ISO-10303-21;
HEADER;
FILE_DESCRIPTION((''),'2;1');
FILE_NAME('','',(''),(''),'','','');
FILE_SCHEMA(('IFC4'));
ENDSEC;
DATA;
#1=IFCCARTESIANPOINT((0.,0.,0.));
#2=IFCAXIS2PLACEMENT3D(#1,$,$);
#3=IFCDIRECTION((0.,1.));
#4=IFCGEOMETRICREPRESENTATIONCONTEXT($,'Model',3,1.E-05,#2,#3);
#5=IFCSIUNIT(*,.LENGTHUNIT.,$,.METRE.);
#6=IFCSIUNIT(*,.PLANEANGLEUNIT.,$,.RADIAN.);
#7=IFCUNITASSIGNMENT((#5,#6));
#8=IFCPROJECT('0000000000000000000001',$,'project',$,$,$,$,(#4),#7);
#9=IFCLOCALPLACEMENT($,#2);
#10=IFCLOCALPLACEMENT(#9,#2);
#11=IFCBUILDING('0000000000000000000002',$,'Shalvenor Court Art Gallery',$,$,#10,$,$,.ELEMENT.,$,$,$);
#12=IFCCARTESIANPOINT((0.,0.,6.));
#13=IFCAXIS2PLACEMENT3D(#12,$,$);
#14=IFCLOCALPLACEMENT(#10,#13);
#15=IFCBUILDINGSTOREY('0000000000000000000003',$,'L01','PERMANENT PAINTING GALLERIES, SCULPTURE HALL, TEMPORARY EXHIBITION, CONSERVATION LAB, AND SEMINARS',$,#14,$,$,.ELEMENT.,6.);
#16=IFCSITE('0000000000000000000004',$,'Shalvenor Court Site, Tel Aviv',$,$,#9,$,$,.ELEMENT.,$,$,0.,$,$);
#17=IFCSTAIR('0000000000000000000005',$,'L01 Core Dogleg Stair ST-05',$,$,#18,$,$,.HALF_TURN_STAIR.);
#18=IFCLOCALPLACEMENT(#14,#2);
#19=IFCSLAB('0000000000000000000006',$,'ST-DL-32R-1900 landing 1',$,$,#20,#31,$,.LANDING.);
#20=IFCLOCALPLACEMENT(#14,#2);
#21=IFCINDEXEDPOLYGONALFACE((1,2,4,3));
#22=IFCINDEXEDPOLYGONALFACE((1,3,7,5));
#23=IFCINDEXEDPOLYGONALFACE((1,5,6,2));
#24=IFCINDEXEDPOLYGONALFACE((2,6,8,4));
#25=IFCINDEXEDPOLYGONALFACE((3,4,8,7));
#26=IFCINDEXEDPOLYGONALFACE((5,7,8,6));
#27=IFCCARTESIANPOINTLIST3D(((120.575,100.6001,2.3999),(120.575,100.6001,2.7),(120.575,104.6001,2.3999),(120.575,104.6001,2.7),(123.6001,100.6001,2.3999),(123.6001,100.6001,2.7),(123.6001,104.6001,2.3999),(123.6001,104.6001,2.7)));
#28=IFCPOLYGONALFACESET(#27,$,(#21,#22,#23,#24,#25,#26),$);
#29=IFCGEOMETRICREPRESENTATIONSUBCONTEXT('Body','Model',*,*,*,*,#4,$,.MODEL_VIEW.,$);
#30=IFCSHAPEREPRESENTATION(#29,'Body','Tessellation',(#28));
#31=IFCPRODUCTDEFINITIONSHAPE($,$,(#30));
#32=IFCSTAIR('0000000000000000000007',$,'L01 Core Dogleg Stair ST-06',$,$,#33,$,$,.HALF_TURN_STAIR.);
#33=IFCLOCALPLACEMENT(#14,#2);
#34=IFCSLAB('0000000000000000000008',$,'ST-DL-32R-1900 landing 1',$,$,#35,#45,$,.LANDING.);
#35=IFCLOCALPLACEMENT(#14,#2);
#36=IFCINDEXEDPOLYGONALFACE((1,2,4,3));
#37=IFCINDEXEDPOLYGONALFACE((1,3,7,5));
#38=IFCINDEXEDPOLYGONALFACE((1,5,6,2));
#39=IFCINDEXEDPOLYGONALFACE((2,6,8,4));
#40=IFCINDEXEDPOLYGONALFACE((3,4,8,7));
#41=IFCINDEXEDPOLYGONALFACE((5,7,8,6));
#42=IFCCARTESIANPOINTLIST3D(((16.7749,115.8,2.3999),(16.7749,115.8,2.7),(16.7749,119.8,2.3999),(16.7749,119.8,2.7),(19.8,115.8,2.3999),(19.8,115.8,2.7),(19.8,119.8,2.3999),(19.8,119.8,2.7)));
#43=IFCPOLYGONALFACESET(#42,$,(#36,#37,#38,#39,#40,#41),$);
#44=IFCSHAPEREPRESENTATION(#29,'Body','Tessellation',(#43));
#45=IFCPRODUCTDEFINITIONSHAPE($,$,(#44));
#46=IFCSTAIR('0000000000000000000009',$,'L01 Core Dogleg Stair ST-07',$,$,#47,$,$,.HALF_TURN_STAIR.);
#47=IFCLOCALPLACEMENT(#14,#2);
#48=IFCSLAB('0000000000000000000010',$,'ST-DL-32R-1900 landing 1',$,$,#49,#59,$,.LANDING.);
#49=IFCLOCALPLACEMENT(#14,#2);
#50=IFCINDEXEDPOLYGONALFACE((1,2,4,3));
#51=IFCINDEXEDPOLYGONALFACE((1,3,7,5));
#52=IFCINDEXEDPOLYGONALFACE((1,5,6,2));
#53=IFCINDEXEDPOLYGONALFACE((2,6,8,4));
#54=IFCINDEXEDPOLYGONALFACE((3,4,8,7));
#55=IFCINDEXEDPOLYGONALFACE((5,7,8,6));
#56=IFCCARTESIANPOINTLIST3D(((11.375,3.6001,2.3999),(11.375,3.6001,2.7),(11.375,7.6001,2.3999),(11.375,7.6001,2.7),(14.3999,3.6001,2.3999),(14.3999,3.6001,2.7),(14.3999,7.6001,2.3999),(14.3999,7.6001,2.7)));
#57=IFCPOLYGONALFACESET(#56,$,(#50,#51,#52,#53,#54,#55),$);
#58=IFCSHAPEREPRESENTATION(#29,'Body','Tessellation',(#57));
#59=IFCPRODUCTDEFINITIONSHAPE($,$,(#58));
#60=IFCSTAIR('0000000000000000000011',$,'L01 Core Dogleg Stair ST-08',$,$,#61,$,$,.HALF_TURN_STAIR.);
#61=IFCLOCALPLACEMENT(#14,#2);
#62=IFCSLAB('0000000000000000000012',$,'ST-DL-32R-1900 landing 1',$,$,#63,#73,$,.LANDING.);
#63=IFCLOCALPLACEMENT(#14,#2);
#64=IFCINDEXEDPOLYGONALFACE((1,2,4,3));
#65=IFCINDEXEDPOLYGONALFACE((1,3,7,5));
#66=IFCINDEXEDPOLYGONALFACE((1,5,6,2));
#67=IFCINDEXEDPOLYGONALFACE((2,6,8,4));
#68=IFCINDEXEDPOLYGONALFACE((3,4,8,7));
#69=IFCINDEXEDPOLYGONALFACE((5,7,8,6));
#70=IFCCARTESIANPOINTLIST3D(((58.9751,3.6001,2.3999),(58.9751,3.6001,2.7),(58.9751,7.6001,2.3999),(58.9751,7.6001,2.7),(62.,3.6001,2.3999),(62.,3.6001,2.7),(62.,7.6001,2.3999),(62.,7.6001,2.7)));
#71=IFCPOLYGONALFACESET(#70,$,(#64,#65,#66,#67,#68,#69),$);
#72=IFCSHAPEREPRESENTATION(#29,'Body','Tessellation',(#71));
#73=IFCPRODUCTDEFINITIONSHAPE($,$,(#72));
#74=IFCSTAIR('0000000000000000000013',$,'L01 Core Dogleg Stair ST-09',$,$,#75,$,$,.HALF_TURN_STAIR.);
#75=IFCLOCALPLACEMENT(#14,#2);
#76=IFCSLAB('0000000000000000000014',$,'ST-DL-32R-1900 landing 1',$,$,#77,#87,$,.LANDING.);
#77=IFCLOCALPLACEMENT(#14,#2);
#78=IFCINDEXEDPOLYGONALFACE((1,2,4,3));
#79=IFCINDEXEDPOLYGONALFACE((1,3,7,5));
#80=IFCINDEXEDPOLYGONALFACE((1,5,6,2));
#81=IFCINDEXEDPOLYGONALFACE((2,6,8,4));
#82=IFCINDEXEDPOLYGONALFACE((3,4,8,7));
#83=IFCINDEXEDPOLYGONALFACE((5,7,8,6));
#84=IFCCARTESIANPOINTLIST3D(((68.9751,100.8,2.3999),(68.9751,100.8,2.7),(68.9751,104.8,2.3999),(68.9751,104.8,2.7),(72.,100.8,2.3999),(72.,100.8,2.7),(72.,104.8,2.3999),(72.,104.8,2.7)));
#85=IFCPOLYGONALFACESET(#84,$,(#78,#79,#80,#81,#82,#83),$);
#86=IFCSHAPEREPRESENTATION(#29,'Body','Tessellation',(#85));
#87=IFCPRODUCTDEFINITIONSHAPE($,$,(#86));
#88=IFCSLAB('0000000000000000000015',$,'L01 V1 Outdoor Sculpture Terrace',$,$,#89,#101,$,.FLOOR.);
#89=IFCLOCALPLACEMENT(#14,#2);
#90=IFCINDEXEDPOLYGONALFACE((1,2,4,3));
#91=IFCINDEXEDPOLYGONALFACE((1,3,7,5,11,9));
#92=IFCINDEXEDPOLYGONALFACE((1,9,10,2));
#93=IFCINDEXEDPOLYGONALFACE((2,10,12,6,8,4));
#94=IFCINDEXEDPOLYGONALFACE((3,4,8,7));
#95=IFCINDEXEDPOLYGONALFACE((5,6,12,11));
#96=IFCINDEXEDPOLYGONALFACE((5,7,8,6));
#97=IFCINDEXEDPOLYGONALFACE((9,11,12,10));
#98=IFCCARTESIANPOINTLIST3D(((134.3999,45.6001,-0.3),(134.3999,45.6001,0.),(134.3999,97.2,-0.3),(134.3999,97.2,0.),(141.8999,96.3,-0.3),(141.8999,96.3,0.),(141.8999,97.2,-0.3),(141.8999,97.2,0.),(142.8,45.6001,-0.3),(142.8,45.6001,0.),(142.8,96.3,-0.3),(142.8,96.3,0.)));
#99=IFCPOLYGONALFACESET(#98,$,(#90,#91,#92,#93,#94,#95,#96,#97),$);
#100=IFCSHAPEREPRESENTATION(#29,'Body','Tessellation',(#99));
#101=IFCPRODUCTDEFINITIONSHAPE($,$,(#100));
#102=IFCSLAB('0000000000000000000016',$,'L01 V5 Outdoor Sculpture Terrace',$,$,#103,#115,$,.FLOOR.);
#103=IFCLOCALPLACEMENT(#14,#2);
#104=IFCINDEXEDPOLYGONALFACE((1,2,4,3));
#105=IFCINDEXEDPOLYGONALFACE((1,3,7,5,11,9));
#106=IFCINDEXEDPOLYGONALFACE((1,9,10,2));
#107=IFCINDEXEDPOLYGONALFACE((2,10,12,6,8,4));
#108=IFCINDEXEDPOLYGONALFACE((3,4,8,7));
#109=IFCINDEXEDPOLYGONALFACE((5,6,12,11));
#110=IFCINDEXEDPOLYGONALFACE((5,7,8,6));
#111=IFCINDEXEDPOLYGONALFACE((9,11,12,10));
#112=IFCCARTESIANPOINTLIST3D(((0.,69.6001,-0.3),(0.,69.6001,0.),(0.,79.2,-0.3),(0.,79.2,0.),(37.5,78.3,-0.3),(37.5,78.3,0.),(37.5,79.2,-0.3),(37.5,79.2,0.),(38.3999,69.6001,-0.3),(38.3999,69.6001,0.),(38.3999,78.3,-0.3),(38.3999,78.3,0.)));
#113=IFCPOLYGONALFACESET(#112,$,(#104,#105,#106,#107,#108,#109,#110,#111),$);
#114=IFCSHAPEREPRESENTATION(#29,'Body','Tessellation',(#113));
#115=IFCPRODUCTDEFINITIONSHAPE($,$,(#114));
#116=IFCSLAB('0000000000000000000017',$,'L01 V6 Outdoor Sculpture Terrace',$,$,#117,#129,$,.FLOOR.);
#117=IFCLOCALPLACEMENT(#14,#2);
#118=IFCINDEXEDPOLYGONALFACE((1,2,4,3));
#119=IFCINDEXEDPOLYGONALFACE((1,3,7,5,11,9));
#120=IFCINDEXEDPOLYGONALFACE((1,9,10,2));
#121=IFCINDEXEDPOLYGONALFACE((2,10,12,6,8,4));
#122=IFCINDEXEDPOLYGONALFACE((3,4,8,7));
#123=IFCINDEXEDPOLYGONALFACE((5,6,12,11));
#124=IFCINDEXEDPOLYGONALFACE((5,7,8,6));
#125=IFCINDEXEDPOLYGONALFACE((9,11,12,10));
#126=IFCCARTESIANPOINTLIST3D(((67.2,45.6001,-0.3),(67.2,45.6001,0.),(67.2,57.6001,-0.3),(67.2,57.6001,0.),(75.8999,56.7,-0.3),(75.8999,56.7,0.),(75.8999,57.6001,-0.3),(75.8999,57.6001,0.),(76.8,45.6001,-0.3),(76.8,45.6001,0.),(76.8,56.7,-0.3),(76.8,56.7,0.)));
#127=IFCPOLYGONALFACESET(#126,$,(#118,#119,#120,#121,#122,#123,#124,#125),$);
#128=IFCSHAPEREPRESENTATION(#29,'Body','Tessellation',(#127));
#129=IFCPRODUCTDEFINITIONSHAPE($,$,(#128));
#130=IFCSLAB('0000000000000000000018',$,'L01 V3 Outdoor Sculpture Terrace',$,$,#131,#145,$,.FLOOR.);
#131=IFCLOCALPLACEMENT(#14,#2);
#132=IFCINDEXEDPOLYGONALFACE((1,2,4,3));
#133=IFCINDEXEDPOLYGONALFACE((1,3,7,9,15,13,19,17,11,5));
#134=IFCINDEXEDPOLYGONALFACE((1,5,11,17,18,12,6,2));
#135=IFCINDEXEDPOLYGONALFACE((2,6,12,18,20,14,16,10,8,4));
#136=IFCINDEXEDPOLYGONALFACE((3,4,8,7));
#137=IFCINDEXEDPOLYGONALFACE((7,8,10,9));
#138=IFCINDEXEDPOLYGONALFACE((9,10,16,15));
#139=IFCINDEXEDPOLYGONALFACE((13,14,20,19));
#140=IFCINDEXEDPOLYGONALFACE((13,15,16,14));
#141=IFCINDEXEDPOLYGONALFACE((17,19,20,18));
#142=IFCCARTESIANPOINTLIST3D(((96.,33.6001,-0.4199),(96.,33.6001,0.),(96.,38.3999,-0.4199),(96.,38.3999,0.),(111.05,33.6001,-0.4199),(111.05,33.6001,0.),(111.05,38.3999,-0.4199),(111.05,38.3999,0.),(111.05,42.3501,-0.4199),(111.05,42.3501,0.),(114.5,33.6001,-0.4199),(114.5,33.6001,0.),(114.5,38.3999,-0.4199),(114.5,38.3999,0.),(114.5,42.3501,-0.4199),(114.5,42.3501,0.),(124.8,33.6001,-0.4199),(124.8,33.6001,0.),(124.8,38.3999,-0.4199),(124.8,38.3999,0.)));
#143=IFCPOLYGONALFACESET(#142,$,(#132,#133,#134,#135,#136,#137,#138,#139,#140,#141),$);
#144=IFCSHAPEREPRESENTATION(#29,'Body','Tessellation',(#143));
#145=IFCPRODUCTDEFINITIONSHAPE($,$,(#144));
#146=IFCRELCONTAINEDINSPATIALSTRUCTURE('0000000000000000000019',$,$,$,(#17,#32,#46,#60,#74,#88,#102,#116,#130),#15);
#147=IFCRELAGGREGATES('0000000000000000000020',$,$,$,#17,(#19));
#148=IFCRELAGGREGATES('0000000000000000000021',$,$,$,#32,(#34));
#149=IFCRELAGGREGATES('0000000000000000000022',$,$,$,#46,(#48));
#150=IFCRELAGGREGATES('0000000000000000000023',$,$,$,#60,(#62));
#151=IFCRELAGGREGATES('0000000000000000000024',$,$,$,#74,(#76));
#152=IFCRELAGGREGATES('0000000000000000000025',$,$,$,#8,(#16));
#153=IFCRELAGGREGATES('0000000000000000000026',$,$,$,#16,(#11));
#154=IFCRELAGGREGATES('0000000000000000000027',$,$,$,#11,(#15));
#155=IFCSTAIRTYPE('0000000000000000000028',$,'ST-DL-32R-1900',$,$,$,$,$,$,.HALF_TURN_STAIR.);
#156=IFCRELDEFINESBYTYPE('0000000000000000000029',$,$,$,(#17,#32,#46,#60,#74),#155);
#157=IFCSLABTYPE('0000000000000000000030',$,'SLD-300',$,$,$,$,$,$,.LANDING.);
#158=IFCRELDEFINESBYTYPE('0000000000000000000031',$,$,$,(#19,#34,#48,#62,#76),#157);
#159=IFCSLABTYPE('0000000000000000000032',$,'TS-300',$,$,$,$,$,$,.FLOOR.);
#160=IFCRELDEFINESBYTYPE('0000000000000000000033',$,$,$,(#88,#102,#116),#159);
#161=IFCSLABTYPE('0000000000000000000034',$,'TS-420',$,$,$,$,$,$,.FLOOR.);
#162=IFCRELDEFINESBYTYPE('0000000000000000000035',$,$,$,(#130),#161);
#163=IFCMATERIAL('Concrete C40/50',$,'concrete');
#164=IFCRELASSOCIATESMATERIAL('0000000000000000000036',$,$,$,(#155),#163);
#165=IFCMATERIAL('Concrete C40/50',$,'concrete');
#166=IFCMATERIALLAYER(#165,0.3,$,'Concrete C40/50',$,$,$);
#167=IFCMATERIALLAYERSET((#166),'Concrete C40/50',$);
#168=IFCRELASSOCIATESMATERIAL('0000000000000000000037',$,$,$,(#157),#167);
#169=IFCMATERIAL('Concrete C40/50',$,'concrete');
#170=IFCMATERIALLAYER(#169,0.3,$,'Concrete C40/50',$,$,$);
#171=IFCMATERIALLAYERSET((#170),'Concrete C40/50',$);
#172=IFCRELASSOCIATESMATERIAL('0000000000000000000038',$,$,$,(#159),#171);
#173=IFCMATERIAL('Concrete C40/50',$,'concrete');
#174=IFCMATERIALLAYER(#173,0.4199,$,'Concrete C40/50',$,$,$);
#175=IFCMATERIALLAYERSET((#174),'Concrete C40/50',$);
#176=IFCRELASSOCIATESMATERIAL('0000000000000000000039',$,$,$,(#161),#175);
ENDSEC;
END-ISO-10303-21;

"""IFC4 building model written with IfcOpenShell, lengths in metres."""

from ifc_helpers import new_model, si_unit, direction, frame, origin, place, context, subcontext, project, spatial, polyline, outline, extrude, material, layer, layer_set, type_object, element, aggregate, save


model = new_model("IFC4")

# Units and contexts
model_context = context("Model", 3, precision=1e-05, world=origin(), true_north=direction((0.0, 1.0)))
body_context = subcontext(model_context, "Body", "Model", "MODEL_VIEW")
ifc_project = project(units=[si_unit("LENGTHUNIT", "METRE"), si_unit("PLANEANGLEUNIT", "RADIAN")], contexts=[model_context])

# Site, building, storey
site_placement = place(None, origin())
site = spatial("IfcSite", under=ifc_project, at=site_placement, Name="Shalvenor Court Site, Tel Aviv", CompositionType="ELEMENT", RefElevation=0.0)
building_placement = place(site_placement, origin())
building = spatial("IfcBuilding", under=site, at=building_placement, Name="Shalvenor Court Art Gallery", CompositionType="ELEMENT")
storey_placement = place(building_placement, frame((0.0, 0.0, 6.0)))
storey = spatial("IfcBuildingStorey", under=building, at=storey_placement, Name="L01", Description="PERMANENT PAINTING GALLERIES, SCULPTURE HALL, TEMPORARY EXHIBITION, CONSERVATION LAB, AND SEMINARS", CompositionType="ELEMENT", Elevation=6.0)

# Stairs, slabs
ifc_material_1 = material(Name="Concrete C40/50", Category="concrete")
stair_type_1 = type_object("IfcStairType", Name="ST-DL-32R-1900", PredefinedType="HALF_TURN_STAIR", material=ifc_material_1)
ifc_material_2 = material(Name="Concrete C40/50", Category="concrete")
ifc_layer_1 = layer(ifc_material_2, 0.3, Name="Concrete C40/50")
ifc_layer_set_1 = layer_set([ifc_layer_1], Name="Concrete C40/50")
slab_type_1 = type_object("IfcSlabType", Name="SLD-300", PredefinedType="LANDING", material=ifc_layer_set_1)
stair_1_placement = place(storey_placement, origin())
stair_1 = element("IfcStair", 1, at=stair_1_placement, inside=storey, type_object=stair_type_1, Name="L01 Core Dogleg Stair ST-05", PredefinedType="HALF_TURN_STAIR")
slab_1_placement = place(storey_placement, frame((0.0, 0.0, 2.3999)))
slab_1 = element("IfcSlab", 2, at=slab_1_placement, type_object=slab_type_1, Name="ST-DL-32R-1900 landing 1", PredefinedType="LANDING", context=body_context, shape_type="SweptSolid", body=[
    extrude(outline(polyline([(120.575, 100.6001), (123.6001, 100.6001), (123.6001, 104.6001), (120.575, 104.6001), (120.575, 100.6001)])), origin(), (0.0, 0.0, 1.0), 0.3),
])
aggregate(stair_1, [slab_1])
stair_2_placement = place(storey_placement, origin())
stair_2 = element("IfcStair", 3, at=stair_2_placement, inside=storey, type_object=stair_type_1, Name="L01 Core Dogleg Stair ST-06", PredefinedType="HALF_TURN_STAIR")
slab_2_placement = place(storey_placement, frame((0.0, 0.0, 2.3999)))
slab_2 = element("IfcSlab", 4, at=slab_2_placement, type_object=slab_type_1, Name="ST-DL-32R-1900 landing 1", PredefinedType="LANDING", context=body_context, shape_type="SweptSolid", body=[
    extrude(outline(polyline([(16.7749, 115.8), (19.8, 115.8), (19.8, 119.8), (16.7749, 119.8), (16.7749, 115.8)])), origin(), (0.0, 0.0, 1.0), 0.3),
])
aggregate(stair_2, [slab_2])
stair_3_placement = place(storey_placement, origin())
stair_3 = element("IfcStair", 5, at=stair_3_placement, inside=storey, type_object=stair_type_1, Name="L01 Core Dogleg Stair ST-07", PredefinedType="HALF_TURN_STAIR")
slab_3_placement = place(storey_placement, frame((0.0, 0.0, 2.3999)))
slab_3 = element("IfcSlab", 6, at=slab_3_placement, type_object=slab_type_1, Name="ST-DL-32R-1900 landing 1", PredefinedType="LANDING", context=body_context, shape_type="SweptSolid", body=[
    extrude(outline(polyline([(11.375, 3.6001), (14.3999, 3.6001), (14.3999, 7.6001), (11.375, 7.6001), (11.375, 3.6001)])), origin(), (0.0, 0.0, 1.0), 0.3),
])
aggregate(stair_3, [slab_3])
stair_4_placement = place(storey_placement, origin())
stair_4 = element("IfcStair", 7, at=stair_4_placement, inside=storey, type_object=stair_type_1, Name="L01 Core Dogleg Stair ST-08", PredefinedType="HALF_TURN_STAIR")
slab_4_placement = place(storey_placement, frame((0.0, 0.0, 2.3999)))
slab_4 = element("IfcSlab", 8, at=slab_4_placement, type_object=slab_type_1, Name="ST-DL-32R-1900 landing 1", PredefinedType="LANDING", context=body_context, shape_type="SweptSolid", body=[
    extrude(outline(polyline([(58.9751, 3.6001), (62.0, 3.6001), (62.0, 7.6001), (58.9751, 7.6001), (58.9751, 3.6001)])), origin(), (0.0, 0.0, 1.0), 0.3),
])
aggregate(stair_4, [slab_4])
stair_5_placement = place(storey_placement, origin())
stair_5 = element("IfcStair", 9, at=stair_5_placement, inside=storey, type_object=stair_type_1, Name="L01 Core Dogleg Stair ST-09", PredefinedType="HALF_TURN_STAIR")
slab_5_placement = place(storey_placement, frame((0.0, 0.0, 2.3999)))
slab_5 = element("IfcSlab", 10, at=slab_5_placement, type_object=slab_type_1, Name="ST-DL-32R-1900 landing 1", PredefinedType="LANDING", context=body_context, shape_type="SweptSolid", body=[
    extrude(outline(polyline([(68.9751, 100.8), (72.0, 100.8), (72.0, 104.8), (68.9751, 104.8), (68.9751, 100.8)])), origin(), (0.0, 0.0, 1.0), 0.3),
])
aggregate(stair_5, [slab_5])

# Slabs
ifc_material_3 = material(Name="Concrete C40/50", Category="concrete")
ifc_layer_2 = layer(ifc_material_3, 0.3, Name="Concrete C40/50")
ifc_layer_set_2 = layer_set([ifc_layer_2], Name="Concrete C40/50")
slab_type_2 = type_object("IfcSlabType", Name="TS-300", PredefinedType="FLOOR", material=ifc_layer_set_2)
slab_6_placement = place(storey_placement, frame((0.0, 0.0, -0.3)))
element("IfcSlab", 11, at=slab_6_placement, inside=storey, type_object=slab_type_2, Name="L01 V1 Outdoor Sculpture Terrace", PredefinedType="FLOOR", context=body_context, shape_type="SweptSolid", body=[
    extrude(outline(polyline([(142.8, 45.6001), (134.3999, 45.6001), (134.3999, 97.2), (141.8999, 97.2), (141.8999, 96.3), (142.8, 96.3), (142.8, 45.6001)])), origin(), (0.0, 0.0, 1.0), 0.3),
])
slab_7_placement = place(storey_placement, frame((0.0, 0.0, -0.3)))
element("IfcSlab", 12, at=slab_7_placement, inside=storey, type_object=slab_type_2, Name="L01 V5 Outdoor Sculpture Terrace", PredefinedType="FLOOR", context=body_context, shape_type="SweptSolid", body=[
    extrude(outline(polyline([(38.3999, 69.6001), (0.0, 69.6001), (0.0, 79.2), (37.5, 79.2), (37.5, 78.3), (38.3999, 78.3), (38.3999, 69.6001)])), origin(), (0.0, 0.0, 1.0), 0.3),
])
slab_8_placement = place(storey_placement, frame((0.0, 0.0, -0.3)))
element("IfcSlab", 13, at=slab_8_placement, inside=storey, type_object=slab_type_2, Name="L01 V6 Outdoor Sculpture Terrace", PredefinedType="FLOOR", context=body_context, shape_type="SweptSolid", body=[
    extrude(outline(polyline([(76.8, 45.6001), (67.2, 45.6001), (67.2, 57.6001), (75.8999, 57.6001), (75.8999, 56.7), (76.8, 56.7), (76.8, 45.6001)])), origin(), (0.0, 0.0, 1.0), 0.3),
])
ifc_material_4 = material(Name="Concrete C40/50", Category="concrete")
ifc_layer_3 = layer(ifc_material_4, 0.4199, Name="Concrete C40/50")
ifc_layer_set_3 = layer_set([ifc_layer_3], Name="Concrete C40/50")
slab_type_3 = type_object("IfcSlabType", Name="TS-420", PredefinedType="FLOOR", material=ifc_layer_set_3)
slab_9_placement = place(storey_placement, frame((0.0, 0.0, -0.4199)))
element("IfcSlab", 14, at=slab_9_placement, inside=storey, type_object=slab_type_3, Name="L01 V3 Outdoor Sculpture Terrace", PredefinedType="FLOOR", context=body_context, shape_type="SweptSolid", body=[
    extrude(outline(polyline([(124.8, 38.3999), (124.8, 33.6001), (114.5, 33.6001), (111.05, 33.6001), (96.0, 33.6001), (96.0, 38.3999), (111.05, 38.3999), (111.05, 42.3501), (114.5, 42.3501), (114.5, 38.3999), (124.8, 38.3999)])), origin(), (0.0, 0.0, 1.0), 0.4199),
])

save(model, "model.ifc")
